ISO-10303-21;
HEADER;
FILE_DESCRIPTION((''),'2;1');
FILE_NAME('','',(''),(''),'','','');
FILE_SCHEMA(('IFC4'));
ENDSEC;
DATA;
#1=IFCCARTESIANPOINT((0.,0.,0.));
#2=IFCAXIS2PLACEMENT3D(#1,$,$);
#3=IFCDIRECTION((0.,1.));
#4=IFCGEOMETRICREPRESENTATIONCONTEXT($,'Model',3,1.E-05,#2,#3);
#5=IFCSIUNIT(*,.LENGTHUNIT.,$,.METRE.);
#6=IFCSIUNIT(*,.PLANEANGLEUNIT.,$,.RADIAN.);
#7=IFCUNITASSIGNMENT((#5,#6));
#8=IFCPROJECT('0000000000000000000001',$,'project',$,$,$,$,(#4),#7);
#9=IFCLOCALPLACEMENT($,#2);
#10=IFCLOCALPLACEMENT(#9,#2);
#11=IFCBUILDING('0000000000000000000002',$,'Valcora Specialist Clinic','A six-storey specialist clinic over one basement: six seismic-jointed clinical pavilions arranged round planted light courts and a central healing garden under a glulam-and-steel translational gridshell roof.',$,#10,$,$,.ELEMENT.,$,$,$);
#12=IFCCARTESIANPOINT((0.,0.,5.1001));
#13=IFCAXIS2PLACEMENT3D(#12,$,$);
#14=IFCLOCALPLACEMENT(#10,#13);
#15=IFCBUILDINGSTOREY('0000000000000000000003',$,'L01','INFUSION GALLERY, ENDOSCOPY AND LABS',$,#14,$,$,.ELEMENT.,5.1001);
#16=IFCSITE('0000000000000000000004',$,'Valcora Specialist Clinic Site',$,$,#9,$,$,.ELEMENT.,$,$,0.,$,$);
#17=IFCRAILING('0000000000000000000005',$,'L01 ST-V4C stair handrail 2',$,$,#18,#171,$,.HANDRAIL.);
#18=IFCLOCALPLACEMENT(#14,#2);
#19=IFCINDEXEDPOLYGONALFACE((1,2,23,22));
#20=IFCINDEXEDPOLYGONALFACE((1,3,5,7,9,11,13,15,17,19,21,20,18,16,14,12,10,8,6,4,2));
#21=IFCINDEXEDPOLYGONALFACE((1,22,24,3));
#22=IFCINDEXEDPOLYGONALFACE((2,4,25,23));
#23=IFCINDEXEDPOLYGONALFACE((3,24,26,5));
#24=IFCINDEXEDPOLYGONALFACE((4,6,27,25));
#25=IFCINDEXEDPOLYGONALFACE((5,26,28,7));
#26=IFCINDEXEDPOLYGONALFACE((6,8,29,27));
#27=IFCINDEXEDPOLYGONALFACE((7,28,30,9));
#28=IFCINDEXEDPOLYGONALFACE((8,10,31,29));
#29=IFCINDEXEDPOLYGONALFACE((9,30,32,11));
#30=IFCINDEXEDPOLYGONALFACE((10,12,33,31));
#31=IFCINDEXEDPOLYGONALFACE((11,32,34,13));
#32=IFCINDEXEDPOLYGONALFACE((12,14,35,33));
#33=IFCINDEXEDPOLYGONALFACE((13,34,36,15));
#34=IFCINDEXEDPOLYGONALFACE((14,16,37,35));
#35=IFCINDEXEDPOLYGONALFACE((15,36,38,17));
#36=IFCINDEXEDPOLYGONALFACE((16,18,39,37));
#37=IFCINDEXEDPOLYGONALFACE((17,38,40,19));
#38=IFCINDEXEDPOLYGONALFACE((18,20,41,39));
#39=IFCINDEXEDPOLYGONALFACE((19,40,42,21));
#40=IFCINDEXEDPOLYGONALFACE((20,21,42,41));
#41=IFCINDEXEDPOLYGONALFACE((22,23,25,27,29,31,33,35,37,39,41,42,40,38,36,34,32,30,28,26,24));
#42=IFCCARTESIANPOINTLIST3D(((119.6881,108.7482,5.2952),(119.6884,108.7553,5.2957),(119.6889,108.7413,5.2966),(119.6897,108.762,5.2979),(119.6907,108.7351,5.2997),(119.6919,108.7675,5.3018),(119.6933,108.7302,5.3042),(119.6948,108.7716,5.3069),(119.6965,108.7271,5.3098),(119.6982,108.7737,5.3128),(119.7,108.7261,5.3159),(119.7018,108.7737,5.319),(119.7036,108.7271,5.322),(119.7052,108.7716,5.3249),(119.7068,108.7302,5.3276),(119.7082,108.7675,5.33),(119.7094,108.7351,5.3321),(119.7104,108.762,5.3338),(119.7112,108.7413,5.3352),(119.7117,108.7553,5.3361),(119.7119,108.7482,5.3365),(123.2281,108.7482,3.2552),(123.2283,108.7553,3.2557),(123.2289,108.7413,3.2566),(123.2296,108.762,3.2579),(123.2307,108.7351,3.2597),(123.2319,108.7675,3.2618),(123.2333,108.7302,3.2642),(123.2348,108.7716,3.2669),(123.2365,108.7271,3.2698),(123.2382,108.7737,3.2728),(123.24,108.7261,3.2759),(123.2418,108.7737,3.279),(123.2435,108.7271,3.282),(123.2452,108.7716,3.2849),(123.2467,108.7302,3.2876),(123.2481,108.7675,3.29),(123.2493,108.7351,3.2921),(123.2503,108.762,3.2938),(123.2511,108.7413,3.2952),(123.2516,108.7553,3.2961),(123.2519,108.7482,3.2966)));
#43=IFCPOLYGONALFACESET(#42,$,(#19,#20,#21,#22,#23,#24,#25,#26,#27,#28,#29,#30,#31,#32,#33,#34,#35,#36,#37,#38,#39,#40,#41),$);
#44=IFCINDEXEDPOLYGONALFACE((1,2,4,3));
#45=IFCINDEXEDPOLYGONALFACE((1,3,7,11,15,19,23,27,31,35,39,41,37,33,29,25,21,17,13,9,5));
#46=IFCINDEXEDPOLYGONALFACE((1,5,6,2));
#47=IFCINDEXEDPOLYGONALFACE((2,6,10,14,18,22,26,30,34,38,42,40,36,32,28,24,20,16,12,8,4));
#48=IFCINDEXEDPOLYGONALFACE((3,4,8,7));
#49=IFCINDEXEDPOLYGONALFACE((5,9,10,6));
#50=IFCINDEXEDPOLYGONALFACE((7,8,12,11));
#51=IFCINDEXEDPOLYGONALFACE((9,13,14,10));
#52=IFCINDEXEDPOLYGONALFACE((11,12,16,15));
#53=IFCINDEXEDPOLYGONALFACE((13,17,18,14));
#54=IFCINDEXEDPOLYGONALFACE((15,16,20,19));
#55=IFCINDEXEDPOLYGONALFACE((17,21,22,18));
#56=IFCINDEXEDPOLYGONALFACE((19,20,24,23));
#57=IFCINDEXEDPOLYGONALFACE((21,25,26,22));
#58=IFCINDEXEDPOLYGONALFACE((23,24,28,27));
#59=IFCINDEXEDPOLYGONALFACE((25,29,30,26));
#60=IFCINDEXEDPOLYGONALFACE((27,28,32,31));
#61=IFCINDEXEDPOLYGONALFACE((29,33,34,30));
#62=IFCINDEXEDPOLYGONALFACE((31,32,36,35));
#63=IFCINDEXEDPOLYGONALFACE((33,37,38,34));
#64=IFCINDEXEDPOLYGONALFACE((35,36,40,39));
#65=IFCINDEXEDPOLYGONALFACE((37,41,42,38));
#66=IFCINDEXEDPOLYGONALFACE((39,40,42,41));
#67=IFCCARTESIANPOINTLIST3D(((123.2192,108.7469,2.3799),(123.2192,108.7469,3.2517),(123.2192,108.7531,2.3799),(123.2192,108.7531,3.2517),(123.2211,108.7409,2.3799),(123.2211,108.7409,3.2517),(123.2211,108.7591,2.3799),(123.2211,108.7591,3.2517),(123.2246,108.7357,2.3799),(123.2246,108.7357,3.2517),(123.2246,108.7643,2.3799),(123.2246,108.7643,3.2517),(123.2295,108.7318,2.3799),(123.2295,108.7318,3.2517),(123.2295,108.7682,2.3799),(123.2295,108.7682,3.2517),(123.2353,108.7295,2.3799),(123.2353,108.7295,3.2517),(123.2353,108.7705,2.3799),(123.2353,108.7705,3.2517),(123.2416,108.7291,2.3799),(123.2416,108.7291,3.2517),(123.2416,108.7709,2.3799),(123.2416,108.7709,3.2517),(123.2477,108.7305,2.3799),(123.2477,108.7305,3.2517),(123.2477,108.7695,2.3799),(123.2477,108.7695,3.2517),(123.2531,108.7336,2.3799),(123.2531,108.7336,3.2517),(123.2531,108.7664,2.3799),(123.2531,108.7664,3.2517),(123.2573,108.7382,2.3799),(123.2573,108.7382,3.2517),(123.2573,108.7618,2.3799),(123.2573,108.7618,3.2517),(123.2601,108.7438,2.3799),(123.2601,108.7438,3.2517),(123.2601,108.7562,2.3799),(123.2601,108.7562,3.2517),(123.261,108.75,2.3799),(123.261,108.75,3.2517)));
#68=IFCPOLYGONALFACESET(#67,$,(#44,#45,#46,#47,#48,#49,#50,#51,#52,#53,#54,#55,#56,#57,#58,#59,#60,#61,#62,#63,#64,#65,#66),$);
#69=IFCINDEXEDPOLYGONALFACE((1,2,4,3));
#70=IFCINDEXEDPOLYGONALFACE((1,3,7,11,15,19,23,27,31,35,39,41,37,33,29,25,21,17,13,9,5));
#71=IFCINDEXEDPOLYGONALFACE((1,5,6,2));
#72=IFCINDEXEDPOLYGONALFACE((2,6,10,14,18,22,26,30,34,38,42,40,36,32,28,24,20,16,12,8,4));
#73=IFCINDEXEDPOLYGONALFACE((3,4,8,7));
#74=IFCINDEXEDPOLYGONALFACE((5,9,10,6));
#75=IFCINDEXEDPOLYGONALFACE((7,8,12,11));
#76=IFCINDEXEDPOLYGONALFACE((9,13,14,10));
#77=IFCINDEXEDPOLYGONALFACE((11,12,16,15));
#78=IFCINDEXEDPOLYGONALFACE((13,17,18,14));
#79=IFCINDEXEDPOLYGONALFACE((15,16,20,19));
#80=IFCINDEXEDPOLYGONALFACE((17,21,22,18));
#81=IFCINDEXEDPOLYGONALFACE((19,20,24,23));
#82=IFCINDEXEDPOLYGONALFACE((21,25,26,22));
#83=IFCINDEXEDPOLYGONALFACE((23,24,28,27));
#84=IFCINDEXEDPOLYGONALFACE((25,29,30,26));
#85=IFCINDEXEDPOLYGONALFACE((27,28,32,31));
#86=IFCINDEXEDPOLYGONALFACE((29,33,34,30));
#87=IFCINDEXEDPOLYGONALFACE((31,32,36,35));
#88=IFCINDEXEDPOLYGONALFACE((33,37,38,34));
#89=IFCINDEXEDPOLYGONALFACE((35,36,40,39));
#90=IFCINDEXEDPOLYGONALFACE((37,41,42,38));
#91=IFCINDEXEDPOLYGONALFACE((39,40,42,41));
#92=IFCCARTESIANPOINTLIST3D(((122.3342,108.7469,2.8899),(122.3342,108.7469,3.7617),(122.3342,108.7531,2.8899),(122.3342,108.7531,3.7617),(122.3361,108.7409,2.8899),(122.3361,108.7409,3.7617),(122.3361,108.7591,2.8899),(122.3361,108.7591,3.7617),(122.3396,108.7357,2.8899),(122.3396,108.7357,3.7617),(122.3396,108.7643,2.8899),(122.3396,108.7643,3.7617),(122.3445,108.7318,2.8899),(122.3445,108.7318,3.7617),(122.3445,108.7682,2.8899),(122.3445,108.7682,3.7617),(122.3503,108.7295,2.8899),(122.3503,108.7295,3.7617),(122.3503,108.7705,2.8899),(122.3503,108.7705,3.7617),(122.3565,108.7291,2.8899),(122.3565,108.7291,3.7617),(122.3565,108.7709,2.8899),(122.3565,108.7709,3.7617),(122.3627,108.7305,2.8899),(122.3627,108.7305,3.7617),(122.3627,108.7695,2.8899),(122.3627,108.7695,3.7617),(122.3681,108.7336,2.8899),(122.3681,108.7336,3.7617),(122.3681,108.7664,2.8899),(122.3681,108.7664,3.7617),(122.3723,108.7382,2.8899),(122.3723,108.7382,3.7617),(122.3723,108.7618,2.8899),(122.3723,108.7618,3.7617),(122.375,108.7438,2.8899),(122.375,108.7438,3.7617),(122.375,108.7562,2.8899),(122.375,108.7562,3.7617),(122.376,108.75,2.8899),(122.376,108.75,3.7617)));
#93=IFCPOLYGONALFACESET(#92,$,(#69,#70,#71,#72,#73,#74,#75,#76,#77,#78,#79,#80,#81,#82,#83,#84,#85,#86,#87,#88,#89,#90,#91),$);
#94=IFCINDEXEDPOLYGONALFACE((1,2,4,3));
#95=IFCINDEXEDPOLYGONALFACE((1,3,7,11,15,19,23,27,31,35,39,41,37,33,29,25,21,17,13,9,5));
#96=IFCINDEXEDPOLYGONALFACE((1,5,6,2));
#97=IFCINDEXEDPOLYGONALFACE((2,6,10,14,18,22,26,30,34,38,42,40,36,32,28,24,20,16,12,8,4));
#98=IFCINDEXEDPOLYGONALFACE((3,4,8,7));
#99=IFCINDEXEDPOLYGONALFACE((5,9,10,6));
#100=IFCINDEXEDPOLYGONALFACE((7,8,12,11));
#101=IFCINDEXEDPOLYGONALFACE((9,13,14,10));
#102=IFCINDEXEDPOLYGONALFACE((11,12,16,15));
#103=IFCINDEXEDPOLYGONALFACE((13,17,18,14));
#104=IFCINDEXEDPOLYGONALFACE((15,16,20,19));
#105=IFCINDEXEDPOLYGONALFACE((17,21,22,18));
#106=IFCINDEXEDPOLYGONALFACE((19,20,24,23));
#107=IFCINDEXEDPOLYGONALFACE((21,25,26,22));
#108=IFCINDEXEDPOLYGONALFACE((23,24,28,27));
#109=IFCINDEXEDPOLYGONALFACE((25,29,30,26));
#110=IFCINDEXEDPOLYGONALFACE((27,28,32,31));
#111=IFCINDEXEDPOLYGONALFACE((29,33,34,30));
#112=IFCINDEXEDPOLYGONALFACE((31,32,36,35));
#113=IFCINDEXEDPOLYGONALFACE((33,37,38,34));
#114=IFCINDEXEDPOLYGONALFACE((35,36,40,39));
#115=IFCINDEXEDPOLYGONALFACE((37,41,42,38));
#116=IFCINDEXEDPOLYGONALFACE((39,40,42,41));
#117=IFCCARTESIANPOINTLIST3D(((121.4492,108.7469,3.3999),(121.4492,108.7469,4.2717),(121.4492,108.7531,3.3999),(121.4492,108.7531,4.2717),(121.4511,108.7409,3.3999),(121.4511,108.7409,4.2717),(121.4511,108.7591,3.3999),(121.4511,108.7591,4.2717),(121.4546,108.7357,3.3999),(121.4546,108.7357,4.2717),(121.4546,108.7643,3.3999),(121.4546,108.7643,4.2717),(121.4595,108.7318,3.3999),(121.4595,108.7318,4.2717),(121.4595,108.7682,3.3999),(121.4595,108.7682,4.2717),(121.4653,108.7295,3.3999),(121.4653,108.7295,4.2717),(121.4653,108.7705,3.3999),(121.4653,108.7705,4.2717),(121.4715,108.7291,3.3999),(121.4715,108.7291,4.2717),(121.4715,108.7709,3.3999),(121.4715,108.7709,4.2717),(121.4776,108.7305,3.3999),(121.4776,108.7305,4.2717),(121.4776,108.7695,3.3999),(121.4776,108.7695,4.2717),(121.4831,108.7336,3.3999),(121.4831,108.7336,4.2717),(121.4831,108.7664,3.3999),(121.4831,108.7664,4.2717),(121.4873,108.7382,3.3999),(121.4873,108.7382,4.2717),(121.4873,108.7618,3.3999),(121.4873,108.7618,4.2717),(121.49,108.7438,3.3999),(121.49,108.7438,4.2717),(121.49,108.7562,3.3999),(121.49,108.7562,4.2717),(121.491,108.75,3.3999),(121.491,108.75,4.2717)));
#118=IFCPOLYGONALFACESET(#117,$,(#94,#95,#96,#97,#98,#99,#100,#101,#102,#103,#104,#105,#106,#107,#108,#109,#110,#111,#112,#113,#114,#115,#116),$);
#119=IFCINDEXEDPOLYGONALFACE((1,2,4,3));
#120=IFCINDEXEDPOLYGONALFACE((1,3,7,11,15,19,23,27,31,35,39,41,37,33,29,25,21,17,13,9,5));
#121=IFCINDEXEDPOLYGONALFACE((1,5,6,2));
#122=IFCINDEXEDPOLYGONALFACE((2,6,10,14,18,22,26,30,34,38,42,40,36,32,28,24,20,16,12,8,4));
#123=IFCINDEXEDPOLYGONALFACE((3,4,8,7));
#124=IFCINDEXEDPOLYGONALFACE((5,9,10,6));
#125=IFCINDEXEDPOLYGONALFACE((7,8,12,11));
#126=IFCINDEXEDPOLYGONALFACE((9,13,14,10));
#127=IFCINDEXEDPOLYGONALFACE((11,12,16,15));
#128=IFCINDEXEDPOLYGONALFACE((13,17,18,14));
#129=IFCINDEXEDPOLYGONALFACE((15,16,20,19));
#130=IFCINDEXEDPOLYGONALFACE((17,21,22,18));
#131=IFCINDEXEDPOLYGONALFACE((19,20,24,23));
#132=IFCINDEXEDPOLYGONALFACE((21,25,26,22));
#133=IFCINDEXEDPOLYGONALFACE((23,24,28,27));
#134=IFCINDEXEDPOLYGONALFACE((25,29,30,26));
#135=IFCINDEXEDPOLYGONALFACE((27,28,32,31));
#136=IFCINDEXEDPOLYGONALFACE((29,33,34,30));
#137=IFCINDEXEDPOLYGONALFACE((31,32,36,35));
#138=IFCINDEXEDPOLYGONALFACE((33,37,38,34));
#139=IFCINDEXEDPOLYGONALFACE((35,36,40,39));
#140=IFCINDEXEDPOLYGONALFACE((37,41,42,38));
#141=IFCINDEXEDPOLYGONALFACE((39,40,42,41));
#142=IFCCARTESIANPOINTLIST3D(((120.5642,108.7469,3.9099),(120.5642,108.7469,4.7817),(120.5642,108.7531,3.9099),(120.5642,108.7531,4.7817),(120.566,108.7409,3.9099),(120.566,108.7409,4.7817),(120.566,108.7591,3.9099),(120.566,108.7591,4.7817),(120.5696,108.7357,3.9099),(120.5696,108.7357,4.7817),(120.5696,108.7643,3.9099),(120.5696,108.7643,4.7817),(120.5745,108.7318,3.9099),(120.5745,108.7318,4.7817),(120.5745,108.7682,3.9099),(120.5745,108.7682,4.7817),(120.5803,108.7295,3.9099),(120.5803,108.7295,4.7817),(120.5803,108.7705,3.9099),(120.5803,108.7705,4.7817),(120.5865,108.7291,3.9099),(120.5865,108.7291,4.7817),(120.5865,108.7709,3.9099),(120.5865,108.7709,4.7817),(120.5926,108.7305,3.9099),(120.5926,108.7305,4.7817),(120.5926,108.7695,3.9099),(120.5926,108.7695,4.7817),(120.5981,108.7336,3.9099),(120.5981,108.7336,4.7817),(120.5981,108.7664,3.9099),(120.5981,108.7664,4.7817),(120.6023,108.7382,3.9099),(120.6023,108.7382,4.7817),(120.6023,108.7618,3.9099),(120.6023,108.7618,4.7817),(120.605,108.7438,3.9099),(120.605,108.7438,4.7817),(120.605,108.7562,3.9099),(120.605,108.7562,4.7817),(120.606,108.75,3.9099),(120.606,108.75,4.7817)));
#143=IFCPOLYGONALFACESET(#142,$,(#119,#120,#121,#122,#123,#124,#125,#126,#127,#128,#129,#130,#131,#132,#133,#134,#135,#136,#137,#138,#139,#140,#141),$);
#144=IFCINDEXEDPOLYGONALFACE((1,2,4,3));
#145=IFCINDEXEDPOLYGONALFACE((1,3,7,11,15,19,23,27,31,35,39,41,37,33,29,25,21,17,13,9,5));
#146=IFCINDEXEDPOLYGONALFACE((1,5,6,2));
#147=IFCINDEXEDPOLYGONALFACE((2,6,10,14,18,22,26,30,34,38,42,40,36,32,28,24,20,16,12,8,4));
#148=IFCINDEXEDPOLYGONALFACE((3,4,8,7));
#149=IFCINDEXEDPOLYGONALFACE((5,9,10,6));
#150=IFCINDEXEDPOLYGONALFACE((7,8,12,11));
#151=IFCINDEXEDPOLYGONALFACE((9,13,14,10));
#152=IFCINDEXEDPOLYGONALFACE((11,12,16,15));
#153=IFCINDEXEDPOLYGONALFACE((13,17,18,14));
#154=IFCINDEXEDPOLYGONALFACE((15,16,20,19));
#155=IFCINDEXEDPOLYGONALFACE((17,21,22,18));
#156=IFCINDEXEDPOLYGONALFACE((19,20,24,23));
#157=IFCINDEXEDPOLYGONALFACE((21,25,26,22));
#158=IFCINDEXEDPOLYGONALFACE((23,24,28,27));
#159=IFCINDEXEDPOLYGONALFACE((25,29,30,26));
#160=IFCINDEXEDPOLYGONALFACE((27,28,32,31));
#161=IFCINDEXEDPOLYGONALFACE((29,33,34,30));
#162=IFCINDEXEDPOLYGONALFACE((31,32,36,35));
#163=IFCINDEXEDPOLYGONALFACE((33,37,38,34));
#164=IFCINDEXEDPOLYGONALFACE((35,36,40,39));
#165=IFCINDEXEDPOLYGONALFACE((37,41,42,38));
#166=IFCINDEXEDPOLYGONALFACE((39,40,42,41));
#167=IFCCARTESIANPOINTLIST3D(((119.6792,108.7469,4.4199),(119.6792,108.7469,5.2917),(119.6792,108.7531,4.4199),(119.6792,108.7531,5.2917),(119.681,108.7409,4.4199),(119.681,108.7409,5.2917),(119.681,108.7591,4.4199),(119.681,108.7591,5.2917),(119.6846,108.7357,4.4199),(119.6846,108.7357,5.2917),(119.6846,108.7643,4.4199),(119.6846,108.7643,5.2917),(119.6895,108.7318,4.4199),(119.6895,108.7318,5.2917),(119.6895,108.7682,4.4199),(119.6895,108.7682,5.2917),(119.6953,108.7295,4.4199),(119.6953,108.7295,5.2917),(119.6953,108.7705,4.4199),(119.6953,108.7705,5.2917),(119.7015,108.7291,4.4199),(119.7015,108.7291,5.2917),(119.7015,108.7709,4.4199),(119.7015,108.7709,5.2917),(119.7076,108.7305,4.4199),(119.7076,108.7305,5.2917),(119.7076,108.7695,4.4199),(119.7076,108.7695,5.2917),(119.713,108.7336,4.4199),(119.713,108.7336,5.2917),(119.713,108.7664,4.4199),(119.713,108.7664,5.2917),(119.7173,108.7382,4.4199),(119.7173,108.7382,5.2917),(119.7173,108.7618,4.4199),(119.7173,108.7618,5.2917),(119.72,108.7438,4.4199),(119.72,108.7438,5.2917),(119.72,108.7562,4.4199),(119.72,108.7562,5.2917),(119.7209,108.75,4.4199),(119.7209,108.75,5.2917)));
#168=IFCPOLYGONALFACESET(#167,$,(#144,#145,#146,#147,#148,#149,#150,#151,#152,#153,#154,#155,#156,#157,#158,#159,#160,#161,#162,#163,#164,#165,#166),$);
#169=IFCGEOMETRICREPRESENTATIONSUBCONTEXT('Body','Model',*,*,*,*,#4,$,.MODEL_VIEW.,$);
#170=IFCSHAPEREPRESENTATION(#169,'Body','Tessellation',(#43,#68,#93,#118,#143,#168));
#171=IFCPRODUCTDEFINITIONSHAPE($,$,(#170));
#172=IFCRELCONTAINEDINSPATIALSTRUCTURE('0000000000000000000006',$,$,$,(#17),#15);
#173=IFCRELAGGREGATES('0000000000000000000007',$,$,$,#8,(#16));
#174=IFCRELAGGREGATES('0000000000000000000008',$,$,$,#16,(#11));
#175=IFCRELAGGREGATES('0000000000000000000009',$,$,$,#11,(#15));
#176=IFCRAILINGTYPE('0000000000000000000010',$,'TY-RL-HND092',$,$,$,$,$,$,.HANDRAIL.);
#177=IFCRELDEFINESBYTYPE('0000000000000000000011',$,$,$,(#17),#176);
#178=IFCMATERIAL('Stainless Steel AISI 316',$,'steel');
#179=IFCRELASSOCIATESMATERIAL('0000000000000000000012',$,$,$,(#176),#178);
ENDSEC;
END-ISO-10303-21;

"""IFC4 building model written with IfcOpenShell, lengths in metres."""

from ifc_helpers import new_model, si_unit, direction, frame, origin, origin_2d, place, context, subcontext, project, spatial, circle, extrude, material, type_object, element, save


model = new_model("IFC4")

# Units and contexts
model_context = context("Model", 3, precision=1e-05, world=origin(), true_north=direction((0.0, 1.0)))
body_context = subcontext(model_context, "Body", "Model", "MODEL_VIEW")
ifc_project = project(units=[si_unit("LENGTHUNIT", "METRE"), si_unit("PLANEANGLEUNIT", "RADIAN")], contexts=[model_context])

# Site, building, storey
site_placement = place(None, origin())
site = spatial("IfcSite", under=ifc_project, at=site_placement, Name="Valcora Specialist Clinic Site", CompositionType="ELEMENT", RefElevation=0.0)
building_placement = place(site_placement, origin())
building = spatial("IfcBuilding", under=site, at=building_placement, Name="Valcora Specialist Clinic", Description="A six-storey specialist clinic over one basement: six seismic-jointed clinical pavilions arranged round planted light courts and a central healing garden under a glulam-and-steel translational gridshell roof.", CompositionType="ELEMENT")
storey_placement = place(building_placement, frame((0.0, 0.0, 5.1001)))
storey = spatial("IfcBuildingStorey", under=building, at=storey_placement, Name="L01", Description="INFUSION GALLERY, ENDOSCOPY AND LABS", CompositionType="ELEMENT", Elevation=5.1001)

# Railing
ifc_material_1 = material(Name="Stainless Steel AISI 316", Category="steel")
railing_type_1 = type_object("IfcRailingType", Name="TY-RL-HND092", PredefinedType="HANDRAIL", material=ifc_material_1)
railing_1_placement = place(storey_placement, frame((123.24, 108.75, 2.3799)))
element("IfcRailing", 1, at=railing_1_placement, inside=storey, type_object=railing_type_1, Name="L01 ST-V4C stair handrail 2", PredefinedType="HANDRAIL", context=body_context, shape_type="SweptSolid", body=[
    extrude(circle(Radius=0.0239, at=origin_2d()), frame((0.0, 0.0, 0.896), z_axis=(-0.866428, 0.0, 0.499302), x_axis=(0.0, -1.0, 0.0)), (0.0, 0.0, 1.0), 4.0857),
    extrude(circle(Radius=0.021, at=origin_2d()), origin(), (0.0, 0.0, 1.0), 0.8718),
    extrude(circle(Radius=0.021, at=origin_2d()), frame((-0.885, 0.0, 0.51)), (0.0, 0.0, 1.0), 0.8718),
    extrude(circle(Radius=0.021, at=origin_2d()), frame((-1.77, 0.0, 1.02)), (0.0, 0.0, 1.0), 0.8718),
    extrude(circle(Radius=0.021, at=origin_2d()), frame((-2.655, 0.0, 1.53)), (0.0, 0.0, 1.0), 0.8718),
    extrude(circle(Radius=0.021, at=origin_2d()), frame((-3.54, 0.0, 2.04)), (0.0, 0.0, 1.0), 0.8718),
])

save(model, "model.ifc")
